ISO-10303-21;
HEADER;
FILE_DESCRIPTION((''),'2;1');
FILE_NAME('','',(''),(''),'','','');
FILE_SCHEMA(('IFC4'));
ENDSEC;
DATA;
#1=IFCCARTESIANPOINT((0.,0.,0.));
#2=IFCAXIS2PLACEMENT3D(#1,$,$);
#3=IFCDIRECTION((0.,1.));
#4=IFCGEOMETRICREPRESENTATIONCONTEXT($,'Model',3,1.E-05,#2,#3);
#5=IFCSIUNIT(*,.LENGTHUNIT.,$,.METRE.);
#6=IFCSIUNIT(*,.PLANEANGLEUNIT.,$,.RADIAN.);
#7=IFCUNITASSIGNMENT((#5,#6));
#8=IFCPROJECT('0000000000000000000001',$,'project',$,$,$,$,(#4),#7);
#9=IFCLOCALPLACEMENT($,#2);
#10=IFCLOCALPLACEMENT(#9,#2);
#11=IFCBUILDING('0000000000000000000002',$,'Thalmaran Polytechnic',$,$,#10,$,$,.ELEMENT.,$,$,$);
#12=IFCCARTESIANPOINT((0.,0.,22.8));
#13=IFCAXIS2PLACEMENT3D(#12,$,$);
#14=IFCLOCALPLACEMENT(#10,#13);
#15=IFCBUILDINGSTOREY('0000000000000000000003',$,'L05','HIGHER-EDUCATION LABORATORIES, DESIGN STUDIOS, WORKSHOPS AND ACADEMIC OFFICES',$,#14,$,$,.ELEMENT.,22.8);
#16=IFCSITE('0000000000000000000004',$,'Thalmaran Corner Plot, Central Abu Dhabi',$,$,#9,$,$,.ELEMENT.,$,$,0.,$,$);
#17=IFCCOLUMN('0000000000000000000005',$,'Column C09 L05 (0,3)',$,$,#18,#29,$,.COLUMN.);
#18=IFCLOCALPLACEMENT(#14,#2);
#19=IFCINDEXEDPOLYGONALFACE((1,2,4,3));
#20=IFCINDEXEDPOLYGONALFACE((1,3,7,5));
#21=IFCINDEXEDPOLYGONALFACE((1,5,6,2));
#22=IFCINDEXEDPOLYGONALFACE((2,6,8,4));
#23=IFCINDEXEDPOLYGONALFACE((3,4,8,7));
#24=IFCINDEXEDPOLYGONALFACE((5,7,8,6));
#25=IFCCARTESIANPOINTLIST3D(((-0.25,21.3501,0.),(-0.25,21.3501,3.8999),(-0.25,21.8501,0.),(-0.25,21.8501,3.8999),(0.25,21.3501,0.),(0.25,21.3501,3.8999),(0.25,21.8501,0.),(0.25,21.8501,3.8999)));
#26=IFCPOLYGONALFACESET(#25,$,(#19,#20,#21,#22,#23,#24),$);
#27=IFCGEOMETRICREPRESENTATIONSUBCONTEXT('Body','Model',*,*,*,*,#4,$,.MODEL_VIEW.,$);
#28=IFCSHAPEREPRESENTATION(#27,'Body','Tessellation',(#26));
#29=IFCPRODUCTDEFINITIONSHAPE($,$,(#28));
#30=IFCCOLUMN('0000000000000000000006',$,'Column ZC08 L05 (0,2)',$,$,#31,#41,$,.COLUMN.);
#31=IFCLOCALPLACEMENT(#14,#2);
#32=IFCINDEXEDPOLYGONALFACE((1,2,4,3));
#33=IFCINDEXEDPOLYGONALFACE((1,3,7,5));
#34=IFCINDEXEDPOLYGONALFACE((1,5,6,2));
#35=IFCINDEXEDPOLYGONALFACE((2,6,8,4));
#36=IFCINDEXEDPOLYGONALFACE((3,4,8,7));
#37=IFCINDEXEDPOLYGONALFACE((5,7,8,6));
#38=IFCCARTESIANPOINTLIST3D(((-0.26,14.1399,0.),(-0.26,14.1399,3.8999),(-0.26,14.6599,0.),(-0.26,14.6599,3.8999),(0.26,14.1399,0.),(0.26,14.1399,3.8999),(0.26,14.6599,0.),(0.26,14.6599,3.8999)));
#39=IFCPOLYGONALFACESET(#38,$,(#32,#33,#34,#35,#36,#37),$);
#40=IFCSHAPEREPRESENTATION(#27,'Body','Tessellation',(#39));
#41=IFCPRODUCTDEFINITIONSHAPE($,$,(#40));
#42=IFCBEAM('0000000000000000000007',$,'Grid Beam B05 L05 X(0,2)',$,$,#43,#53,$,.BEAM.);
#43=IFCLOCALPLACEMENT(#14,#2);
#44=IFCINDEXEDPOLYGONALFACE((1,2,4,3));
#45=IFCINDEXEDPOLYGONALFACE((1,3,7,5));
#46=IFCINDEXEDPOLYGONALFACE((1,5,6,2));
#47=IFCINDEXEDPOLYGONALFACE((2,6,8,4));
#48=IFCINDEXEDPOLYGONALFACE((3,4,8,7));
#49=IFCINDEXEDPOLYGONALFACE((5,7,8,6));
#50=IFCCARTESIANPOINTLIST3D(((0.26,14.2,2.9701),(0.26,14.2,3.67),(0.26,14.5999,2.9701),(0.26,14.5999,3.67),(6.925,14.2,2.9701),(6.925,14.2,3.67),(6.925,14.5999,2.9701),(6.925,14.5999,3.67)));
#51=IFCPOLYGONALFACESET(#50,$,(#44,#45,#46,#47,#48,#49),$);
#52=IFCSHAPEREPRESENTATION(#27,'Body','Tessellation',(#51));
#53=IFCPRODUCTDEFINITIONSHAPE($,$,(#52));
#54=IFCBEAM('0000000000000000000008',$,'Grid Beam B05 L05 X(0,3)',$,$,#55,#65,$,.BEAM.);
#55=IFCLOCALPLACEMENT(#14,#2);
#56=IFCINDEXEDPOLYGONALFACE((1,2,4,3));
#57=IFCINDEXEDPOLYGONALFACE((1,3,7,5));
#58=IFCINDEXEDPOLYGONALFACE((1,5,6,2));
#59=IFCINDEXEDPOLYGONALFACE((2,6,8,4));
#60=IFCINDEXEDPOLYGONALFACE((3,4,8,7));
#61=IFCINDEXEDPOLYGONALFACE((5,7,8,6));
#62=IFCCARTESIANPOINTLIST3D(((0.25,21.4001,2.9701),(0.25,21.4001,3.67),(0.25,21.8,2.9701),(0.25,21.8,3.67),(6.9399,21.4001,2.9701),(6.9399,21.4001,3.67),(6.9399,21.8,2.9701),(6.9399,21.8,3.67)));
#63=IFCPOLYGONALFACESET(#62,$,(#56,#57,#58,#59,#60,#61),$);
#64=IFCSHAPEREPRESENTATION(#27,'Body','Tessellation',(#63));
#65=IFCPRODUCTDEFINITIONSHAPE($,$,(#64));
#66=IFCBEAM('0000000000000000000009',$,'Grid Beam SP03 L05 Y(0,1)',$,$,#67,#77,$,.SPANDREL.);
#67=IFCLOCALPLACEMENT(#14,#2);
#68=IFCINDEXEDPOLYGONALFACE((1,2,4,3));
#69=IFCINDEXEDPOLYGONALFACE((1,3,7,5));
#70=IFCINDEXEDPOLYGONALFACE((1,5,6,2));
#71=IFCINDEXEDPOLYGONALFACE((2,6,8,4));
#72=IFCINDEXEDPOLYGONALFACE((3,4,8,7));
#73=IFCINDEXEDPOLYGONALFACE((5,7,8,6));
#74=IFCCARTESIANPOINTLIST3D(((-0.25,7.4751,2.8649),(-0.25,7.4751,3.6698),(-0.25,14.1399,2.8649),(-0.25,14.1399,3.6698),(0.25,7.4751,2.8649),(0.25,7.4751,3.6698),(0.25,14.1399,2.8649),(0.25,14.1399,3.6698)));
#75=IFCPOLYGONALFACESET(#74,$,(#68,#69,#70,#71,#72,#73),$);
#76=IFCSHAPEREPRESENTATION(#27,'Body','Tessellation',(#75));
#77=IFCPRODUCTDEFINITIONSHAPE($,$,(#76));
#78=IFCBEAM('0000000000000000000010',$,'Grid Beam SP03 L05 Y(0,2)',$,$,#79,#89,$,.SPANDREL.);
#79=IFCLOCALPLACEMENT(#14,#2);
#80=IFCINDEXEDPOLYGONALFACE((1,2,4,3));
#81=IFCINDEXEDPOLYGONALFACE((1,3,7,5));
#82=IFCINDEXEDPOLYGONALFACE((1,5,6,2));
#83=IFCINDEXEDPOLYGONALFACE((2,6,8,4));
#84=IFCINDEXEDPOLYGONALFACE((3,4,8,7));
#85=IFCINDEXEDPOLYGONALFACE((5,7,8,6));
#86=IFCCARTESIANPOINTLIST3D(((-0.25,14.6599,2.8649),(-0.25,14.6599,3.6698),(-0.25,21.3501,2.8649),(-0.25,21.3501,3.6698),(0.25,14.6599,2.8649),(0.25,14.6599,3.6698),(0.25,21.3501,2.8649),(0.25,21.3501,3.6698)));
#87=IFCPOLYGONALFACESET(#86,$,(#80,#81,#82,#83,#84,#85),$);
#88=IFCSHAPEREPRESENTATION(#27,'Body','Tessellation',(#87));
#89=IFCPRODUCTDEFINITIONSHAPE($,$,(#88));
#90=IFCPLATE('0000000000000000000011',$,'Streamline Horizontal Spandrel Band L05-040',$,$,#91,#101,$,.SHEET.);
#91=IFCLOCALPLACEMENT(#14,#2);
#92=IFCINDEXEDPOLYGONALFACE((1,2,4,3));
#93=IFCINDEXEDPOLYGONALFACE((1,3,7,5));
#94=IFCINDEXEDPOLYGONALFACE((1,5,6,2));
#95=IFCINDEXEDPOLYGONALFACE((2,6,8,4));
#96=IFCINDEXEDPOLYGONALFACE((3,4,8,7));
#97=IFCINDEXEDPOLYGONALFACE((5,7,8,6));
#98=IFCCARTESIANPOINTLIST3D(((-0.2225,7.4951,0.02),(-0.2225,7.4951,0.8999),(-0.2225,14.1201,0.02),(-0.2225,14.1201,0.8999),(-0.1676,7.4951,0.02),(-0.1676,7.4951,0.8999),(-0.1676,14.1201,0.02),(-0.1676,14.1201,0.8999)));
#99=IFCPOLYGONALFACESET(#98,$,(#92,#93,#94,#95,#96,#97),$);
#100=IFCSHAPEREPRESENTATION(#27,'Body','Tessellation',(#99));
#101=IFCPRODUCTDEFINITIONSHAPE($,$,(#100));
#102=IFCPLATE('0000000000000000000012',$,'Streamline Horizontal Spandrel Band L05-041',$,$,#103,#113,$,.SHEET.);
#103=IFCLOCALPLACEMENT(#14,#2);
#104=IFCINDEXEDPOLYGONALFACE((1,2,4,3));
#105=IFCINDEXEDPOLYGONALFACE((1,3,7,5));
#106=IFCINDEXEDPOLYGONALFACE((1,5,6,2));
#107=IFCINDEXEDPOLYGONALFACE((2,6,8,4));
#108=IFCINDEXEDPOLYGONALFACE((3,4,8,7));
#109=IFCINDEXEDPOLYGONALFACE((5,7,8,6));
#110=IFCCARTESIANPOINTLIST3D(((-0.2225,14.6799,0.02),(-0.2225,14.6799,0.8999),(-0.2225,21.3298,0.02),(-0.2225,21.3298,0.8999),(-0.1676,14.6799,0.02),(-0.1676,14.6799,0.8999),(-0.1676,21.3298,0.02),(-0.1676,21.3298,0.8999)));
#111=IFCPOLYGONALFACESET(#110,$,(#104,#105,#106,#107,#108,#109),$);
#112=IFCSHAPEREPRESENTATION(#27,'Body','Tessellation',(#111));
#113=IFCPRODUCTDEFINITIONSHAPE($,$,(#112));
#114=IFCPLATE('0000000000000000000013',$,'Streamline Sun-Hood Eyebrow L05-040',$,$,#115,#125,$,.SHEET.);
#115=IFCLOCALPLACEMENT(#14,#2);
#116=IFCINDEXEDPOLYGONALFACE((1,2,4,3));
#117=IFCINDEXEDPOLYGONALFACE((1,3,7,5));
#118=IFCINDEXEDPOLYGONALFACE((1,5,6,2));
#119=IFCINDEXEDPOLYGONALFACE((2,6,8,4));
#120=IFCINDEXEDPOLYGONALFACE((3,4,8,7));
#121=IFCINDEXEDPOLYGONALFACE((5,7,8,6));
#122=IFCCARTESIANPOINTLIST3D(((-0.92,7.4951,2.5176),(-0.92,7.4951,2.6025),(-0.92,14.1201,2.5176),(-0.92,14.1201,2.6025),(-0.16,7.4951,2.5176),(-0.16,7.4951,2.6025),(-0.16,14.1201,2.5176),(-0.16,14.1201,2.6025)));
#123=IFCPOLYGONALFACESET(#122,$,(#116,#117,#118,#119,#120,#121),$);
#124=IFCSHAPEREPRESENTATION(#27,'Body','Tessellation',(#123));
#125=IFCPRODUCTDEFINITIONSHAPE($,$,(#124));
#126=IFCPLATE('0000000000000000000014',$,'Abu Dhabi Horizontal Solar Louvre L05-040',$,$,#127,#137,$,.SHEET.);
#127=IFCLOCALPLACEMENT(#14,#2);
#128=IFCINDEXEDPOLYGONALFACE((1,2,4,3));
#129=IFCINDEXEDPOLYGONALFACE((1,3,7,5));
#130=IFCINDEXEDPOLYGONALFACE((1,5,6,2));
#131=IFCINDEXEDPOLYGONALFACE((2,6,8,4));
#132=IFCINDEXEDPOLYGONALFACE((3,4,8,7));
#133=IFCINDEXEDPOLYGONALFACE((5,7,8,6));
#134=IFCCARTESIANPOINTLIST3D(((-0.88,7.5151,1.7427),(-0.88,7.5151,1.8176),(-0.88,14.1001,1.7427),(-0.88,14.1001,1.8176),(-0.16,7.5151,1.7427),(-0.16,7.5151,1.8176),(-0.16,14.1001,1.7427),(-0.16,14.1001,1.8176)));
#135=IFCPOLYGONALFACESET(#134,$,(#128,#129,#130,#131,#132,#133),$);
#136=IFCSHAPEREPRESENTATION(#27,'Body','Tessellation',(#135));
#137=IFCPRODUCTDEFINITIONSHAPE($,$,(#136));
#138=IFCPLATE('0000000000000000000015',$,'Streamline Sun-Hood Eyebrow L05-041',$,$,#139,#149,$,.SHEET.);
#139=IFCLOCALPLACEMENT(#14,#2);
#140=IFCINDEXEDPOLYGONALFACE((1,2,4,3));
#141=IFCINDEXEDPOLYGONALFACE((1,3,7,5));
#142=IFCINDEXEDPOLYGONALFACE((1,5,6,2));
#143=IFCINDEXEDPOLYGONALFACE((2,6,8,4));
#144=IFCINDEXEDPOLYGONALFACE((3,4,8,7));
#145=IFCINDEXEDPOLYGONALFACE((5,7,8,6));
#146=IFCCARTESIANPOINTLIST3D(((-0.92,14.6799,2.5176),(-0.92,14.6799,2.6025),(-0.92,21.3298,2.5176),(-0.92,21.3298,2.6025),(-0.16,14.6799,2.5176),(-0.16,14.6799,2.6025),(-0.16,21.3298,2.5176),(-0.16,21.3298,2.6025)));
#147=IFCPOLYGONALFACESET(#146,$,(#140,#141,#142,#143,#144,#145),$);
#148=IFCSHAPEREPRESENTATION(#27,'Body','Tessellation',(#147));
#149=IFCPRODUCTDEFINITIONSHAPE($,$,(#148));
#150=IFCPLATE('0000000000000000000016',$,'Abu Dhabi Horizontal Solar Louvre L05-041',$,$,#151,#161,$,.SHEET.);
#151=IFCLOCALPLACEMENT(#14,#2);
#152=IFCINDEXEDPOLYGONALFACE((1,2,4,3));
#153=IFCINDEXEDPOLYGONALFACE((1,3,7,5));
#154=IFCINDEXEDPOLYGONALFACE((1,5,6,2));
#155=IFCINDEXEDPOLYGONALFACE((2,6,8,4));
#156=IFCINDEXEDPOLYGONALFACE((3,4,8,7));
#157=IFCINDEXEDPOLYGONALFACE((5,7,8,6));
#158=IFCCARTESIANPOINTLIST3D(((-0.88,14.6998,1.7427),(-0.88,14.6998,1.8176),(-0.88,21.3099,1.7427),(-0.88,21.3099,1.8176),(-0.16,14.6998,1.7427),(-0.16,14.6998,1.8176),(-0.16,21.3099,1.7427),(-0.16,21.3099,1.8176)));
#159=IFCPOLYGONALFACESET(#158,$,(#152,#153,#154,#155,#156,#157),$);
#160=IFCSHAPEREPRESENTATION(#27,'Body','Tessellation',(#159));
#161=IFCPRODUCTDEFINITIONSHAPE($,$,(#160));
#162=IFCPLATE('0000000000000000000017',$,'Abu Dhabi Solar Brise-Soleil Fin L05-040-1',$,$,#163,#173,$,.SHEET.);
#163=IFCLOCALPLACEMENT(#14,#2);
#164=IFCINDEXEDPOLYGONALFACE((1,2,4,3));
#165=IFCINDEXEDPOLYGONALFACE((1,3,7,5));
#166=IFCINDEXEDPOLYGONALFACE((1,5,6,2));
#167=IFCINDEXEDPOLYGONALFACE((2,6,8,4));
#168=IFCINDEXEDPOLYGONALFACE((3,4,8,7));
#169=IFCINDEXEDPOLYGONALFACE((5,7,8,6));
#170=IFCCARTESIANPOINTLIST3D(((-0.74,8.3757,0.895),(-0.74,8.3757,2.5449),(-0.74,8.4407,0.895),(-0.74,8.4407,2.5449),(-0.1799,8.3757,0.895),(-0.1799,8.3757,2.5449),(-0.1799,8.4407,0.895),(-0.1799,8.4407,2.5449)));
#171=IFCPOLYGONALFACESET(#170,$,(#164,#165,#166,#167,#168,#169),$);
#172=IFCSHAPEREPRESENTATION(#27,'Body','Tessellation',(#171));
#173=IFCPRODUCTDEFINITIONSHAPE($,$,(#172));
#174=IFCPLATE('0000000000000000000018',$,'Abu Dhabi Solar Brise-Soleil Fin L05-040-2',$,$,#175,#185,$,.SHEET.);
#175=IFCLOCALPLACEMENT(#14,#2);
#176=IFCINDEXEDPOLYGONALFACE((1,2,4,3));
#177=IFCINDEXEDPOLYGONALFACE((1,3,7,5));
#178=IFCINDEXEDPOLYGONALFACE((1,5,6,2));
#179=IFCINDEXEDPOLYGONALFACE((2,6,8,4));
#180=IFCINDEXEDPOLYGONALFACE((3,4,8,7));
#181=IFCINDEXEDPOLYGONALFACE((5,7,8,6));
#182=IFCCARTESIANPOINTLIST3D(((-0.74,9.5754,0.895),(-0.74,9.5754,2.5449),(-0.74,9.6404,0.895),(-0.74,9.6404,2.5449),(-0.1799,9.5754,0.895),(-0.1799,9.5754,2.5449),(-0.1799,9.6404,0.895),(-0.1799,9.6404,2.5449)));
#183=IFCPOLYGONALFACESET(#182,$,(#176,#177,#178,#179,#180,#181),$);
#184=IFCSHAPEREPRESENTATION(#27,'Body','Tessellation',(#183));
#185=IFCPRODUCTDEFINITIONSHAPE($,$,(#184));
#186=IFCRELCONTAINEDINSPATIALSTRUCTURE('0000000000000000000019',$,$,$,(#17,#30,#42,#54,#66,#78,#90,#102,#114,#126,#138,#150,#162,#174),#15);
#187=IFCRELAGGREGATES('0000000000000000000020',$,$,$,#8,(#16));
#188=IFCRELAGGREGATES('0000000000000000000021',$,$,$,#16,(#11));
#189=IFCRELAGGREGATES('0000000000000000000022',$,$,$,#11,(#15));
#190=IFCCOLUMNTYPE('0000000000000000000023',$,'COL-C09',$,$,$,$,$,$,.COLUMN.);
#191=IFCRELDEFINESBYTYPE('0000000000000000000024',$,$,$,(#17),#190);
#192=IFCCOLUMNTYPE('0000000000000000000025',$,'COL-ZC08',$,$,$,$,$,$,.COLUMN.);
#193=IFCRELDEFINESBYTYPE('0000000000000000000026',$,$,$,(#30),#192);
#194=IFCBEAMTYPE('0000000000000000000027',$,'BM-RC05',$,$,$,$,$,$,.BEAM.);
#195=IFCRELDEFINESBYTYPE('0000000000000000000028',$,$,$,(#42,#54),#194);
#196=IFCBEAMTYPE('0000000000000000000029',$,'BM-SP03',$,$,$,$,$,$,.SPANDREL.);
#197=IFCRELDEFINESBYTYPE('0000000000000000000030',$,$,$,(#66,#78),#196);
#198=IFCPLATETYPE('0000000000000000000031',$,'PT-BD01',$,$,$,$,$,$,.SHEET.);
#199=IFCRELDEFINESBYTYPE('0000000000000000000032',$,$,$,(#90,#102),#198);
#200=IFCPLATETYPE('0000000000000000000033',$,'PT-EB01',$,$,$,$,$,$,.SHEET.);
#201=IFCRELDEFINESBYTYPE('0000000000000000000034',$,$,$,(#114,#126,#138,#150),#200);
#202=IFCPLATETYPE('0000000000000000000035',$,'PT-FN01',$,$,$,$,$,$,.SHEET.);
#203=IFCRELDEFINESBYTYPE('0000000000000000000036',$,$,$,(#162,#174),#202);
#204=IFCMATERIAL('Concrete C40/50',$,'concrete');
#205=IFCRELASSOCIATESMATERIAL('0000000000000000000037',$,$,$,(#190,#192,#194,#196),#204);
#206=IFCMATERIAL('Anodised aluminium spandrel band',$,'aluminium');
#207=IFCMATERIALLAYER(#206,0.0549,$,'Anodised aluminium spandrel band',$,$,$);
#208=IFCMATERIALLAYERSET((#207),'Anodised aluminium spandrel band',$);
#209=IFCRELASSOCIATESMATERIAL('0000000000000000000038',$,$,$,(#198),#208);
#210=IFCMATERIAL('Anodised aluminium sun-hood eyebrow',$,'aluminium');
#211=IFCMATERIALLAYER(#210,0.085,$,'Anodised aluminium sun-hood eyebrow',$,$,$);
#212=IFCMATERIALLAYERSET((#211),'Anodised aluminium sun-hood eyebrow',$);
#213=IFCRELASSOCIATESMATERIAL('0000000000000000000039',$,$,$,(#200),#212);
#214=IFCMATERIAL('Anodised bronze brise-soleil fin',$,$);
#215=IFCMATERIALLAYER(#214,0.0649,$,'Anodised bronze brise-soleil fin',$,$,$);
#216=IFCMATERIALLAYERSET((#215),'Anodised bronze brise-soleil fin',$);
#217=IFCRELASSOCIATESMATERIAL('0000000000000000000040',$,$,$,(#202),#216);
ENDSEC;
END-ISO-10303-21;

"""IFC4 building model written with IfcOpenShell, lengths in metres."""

from ifc_helpers import new_model, si_unit, direction, frame, origin, origin_2d, place, context, subcontext, project, spatial, rectangle, extrude, material, layer, layer_set, material_profile, profile_set, type_object, element, save


model = new_model("IFC4")

# Units and contexts
model_context = context("Model", 3, precision=1e-05, world=origin(), true_north=direction((0.0, 1.0)))
body_context = subcontext(model_context, "Body", "Model", "MODEL_VIEW")
ifc_project = project(units=[si_unit("LENGTHUNIT", "METRE"), si_unit("PLANEANGLEUNIT", "RADIAN")], contexts=[model_context])

# Site, building, storey
site_placement = place(None, origin())
site = spatial("IfcSite", under=ifc_project, at=site_placement, Name="Thalmaran Corner Plot, Central Abu Dhabi", CompositionType="ELEMENT", RefElevation=0.0)
building_placement = place(site_placement, origin())
building = spatial("IfcBuilding", under=site, at=building_placement, Name="Thalmaran Polytechnic", CompositionType="ELEMENT")
storey_placement = place(building_placement, frame((0.0, 0.0, 22.8)))
storey = spatial("IfcBuildingStorey", under=building, at=storey_placement, Name="L05", Description="HIGHER-EDUCATION LABORATORIES, DESIGN STUDIOS, WORKSHOPS AND ACADEMIC OFFICES", CompositionType="ELEMENT", Elevation=22.8)

# Columns
ifc_material_1 = material(Name="Concrete C40/50", Category="concrete")
ifc_material_profile_1 = material_profile(ifc_material_1, rectangle(XDim=0.5, YDim=0.5, at=origin_2d()), Name="RC 500x500")
ifc_profile_set_1 = profile_set([ifc_material_profile_1], Name="Concrete C40/50")
column_type_1 = type_object("IfcColumnType", Name="COL-C09", PredefinedType="COLUMN", material=ifc_profile_set_1)
column_1_placement = place(storey_placement, frame((0.0, 21.6001, 0.0), z_axis=(0.0, 0.0, 1.0), x_axis=(1.0, 0.0, 0.0)))
element("IfcColumn", 1, at=column_1_placement, inside=storey, type_object=column_type_1, Name="Column C09 L05 (0,3)", PredefinedType="COLUMN", context=body_context, shape_type="SweptSolid", body=[
    extrude(rectangle(XDim=0.5, YDim=0.5, at=origin_2d()), origin(), (0.0, 0.0, 1.0), 3.8999),
])
ifc_material_profile_2 = material_profile(ifc_material_1, rectangle(XDim=0.52, YDim=0.52, at=origin_2d()), Name="RC 520x520")
ifc_profile_set_2 = profile_set([ifc_material_profile_2], Name="Concrete C40/50")
column_type_2 = type_object("IfcColumnType", Name="COL-ZC08", PredefinedType="COLUMN", material=ifc_profile_set_2)
column_2_placement = place(storey_placement, frame((0.0, 14.3999, 0.0), z_axis=(0.0, 0.0, 1.0), x_axis=(1.0, 0.0, 0.0)))
element("IfcColumn", 2, at=column_2_placement, inside=storey, type_object=column_type_2, Name="Column ZC08 L05 (0,2)", PredefinedType="COLUMN", context=body_context, shape_type="SweptSolid", body=[
    extrude(rectangle(XDim=0.52, YDim=0.52, at=origin_2d()), origin(), (0.0, 0.0, 1.0), 3.8999),
])

# Beams
ifc_material_profile_3 = material_profile(ifc_material_1, rectangle(XDim=0.3999, YDim=0.7, at=origin_2d()), Name="RC 400x700")
ifc_profile_set_3 = profile_set([ifc_material_profile_3], Name="Concrete C40/50")
beam_type_1 = type_object("IfcBeamType", Name="BM-RC05", PredefinedType="BEAM", material=ifc_profile_set_3)
beam_1_placement = place(storey_placement, frame((0.26, 14.3999, 3.3201), z_axis=(1.0, 0.0, 0.0), x_axis=(0.0, 1.0, 0.0)))
element("IfcBeam", 3, at=beam_1_placement, inside=storey, type_object=beam_type_1, Name="Grid Beam B05 L05 X(0,2)", PredefinedType="BEAM", context=body_context, shape_type="SweptSolid", body=[
    extrude(rectangle(XDim=0.3999, YDim=0.7, at=origin_2d()), origin(), (0.0, 0.0, 1.0), 6.665),
])
beam_2_placement = place(storey_placement, frame((0.25, 21.6001, 3.3201), z_axis=(1.0, 0.0, 0.0), x_axis=(0.0, 1.0, 0.0)))
element("IfcBeam", 4, at=beam_2_placement, inside=storey, type_object=beam_type_1, Name="Grid Beam B05 L05 X(0,3)", PredefinedType="BEAM", context=body_context, shape_type="SweptSolid", body=[
    extrude(rectangle(XDim=0.3999, YDim=0.7, at=origin_2d()), origin(), (0.0, 0.0, 1.0), 6.6899),
])
ifc_material_profile_4 = material_profile(ifc_material_1, rectangle(XDim=0.5, YDim=0.8049, at=origin_2d()), Name="RC 500x805")
ifc_profile_set_4 = profile_set([ifc_material_profile_4], Name="Concrete C40/50")
beam_type_2 = type_object("IfcBeamType", Name="BM-SP03", PredefinedType="SPANDREL", material=ifc_profile_set_4)
beam_3_placement = place(storey_placement, frame((0.0, 7.4751, 3.2673), z_axis=(0.0, 1.0, 0.0), x_axis=(-1.0, 0.0, 0.0)))
element("IfcBeam", 5, at=beam_3_placement, inside=storey, type_object=beam_type_2, Name="Grid Beam SP03 L05 Y(0,1)", PredefinedType="SPANDREL", context=body_context, shape_type="SweptSolid", body=[
    extrude(rectangle(XDim=0.5, YDim=0.8049, at=origin_2d()), origin(), (0.0, 0.0, 1.0), 6.6648),
])
beam_4_placement = place(storey_placement, frame((0.0, 14.6599, 3.2673), z_axis=(0.0, 1.0, 0.0), x_axis=(-1.0, 0.0, 0.0)))
element("IfcBeam", 6, at=beam_4_placement, inside=storey, type_object=beam_type_2, Name="Grid Beam SP03 L05 Y(0,2)", PredefinedType="SPANDREL", context=body_context, shape_type="SweptSolid", body=[
    extrude(rectangle(XDim=0.5, YDim=0.8049, at=origin_2d()), origin(), (0.0, 0.0, 1.0), 6.6902),
])

# Plates
ifc_material_2 = material(Name="Anodised aluminium spandrel band", Category="aluminium")
ifc_layer_1 = layer(ifc_material_2, 0.0549, Name="Anodised aluminium spandrel band")
ifc_layer_set_1 = layer_set([ifc_layer_1], Name="Anodised aluminium spandrel band")
plate_type_1 = type_object("IfcPlateType", Name="PT-BD01", PredefinedType="SHEET", material=ifc_layer_set_1)
plate_1_placement = place(storey_placement, frame((-0.1951, 10.8076, 0.02), z_axis=(0.0, 0.0, 1.0), x_axis=(0.0, 1.0, 0.0)))
element("IfcPlate", 7, at=plate_1_placement, inside=storey, type_object=plate_type_1, Name="Streamline Horizontal Spandrel Band L05-040", PredefinedType="SHEET", context=body_context, shape_type="SweptSolid", body=[
    extrude(rectangle(XDim=6.625, YDim=0.0549, at=origin_2d()), origin(), (0.0, 0.0, 1.0), 0.8799),
])
plate_2_placement = place(storey_placement, frame((-0.1951, 18.0049, 0.02), z_axis=(0.0, 0.0, 1.0), x_axis=(0.0, 1.0, 0.0)))
element("IfcPlate", 8, at=plate_2_placement, inside=storey, type_object=plate_type_1, Name="Streamline Horizontal Spandrel Band L05-041", PredefinedType="SHEET", context=body_context, shape_type="SweptSolid", body=[
    extrude(rectangle(XDim=6.6499, YDim=0.0549, at=origin_2d()), origin(), (0.0, 0.0, 1.0), 0.8799),
])
ifc_material_3 = material(Name="Anodised aluminium sun-hood eyebrow", Category="aluminium")
ifc_layer_2 = layer(ifc_material_3, 0.085, Name="Anodised aluminium sun-hood eyebrow")
ifc_layer_set_2 = layer_set([ifc_layer_2], Name="Anodised aluminium sun-hood eyebrow")
plate_type_2 = type_object("IfcPlateType", Name="PT-EB01", PredefinedType="SHEET", material=ifc_layer_set_2)
plate_3_placement = place(storey_placement, frame((-0.54, 10.8076, 2.5176), z_axis=(0.0, 0.0, 1.0), x_axis=(0.0, 1.0, 0.0)))
element("IfcPlate", 9, at=plate_3_placement, inside=storey, type_object=plate_type_2, Name="Streamline Sun-Hood Eyebrow L05-040", PredefinedType="SHEET", context=body_context, shape_type="SweptSolid", body=[
    extrude(rectangle(XDim=6.625, YDim=0.76, at=origin_2d()), origin(), (0.0, 0.0, 1.0), 0.085),
])
plate_4_placement = place(storey_placement, frame((-0.52, 10.8076, 1.7427), z_axis=(0.0, 0.0, 1.0), x_axis=(0.0, 1.0, 0.0)))
element("IfcPlate", 10, at=plate_4_placement, inside=storey, type_object=plate_type_2, Name="Abu Dhabi Horizontal Solar Louvre L05-040", PredefinedType="SHEET", context=body_context, shape_type="SweptSolid", body=[
    extrude(rectangle(XDim=6.585, YDim=0.72, at=origin_2d()), origin(), (0.0, 0.0, 1.0), 0.075),
])
plate_5_placement = place(storey_placement, frame((-0.54, 18.0049, 2.5176), z_axis=(0.0, 0.0, 1.0), x_axis=(0.0, 1.0, 0.0)))
element("IfcPlate", 11, at=plate_5_placement, inside=storey, type_object=plate_type_2, Name="Streamline Sun-Hood Eyebrow L05-041", PredefinedType="SHEET", context=body_context, shape_type="SweptSolid", body=[
    extrude(rectangle(XDim=6.6499, YDim=0.76, at=origin_2d()), origin(), (0.0, 0.0, 1.0), 0.085),
])
plate_6_placement = place(storey_placement, frame((-0.52, 18.0049, 1.7427), z_axis=(0.0, 0.0, 1.0), x_axis=(0.0, 1.0, 0.0)))
element("IfcPlate", 12, at=plate_6_placement, inside=storey, type_object=plate_type_2, Name="Abu Dhabi Horizontal Solar Louvre L05-041", PredefinedType="SHEET", context=body_context, shape_type="SweptSolid", body=[
    extrude(rectangle(XDim=6.6101, YDim=0.72, at=origin_2d()), origin(), (0.0, 0.0, 1.0), 0.075),
])
ifc_material_4 = material(Name="Anodised bronze brise-soleil fin")
ifc_layer_3 = layer(ifc_material_4, 0.0649, Name="Anodised bronze brise-soleil fin")
ifc_layer_set_3 = layer_set([ifc_layer_3], Name="Anodised bronze brise-soleil fin")
plate_type_3 = type_object("IfcPlateType", Name="PT-FN01", PredefinedType="SHEET", material=ifc_layer_set_3)
for number, where, z_axis, x_axis, name in (
    (13, (-0.46, 8.4082, 0.895), (0.0, 0.0, 1.0), (0.0, 1.0, 0.0), "Abu Dhabi Solar Brise-Soleil Fin L05-040-1"),
    (14, (-0.46, 9.6079, 0.895), (0.0, 0.0, 1.0), (0.0, 1.0, 0.0), "Abu Dhabi Solar Brise-Soleil Fin L05-040-2"),
):
    element("IfcPlate", number, at=place(storey_placement, frame(where, z_axis=z_axis, x_axis=x_axis)), inside=storey, type_object=plate_type_3, Name=name, PredefinedType="SHEET", context=body_context, shape_type="SweptSolid", body=[
        extrude(rectangle(XDim=0.0649, YDim=0.5601, at=origin_2d()), origin(), (0.0, 0.0, 1.0), 1.6499),
    ])

save(model, "model.ifc")
